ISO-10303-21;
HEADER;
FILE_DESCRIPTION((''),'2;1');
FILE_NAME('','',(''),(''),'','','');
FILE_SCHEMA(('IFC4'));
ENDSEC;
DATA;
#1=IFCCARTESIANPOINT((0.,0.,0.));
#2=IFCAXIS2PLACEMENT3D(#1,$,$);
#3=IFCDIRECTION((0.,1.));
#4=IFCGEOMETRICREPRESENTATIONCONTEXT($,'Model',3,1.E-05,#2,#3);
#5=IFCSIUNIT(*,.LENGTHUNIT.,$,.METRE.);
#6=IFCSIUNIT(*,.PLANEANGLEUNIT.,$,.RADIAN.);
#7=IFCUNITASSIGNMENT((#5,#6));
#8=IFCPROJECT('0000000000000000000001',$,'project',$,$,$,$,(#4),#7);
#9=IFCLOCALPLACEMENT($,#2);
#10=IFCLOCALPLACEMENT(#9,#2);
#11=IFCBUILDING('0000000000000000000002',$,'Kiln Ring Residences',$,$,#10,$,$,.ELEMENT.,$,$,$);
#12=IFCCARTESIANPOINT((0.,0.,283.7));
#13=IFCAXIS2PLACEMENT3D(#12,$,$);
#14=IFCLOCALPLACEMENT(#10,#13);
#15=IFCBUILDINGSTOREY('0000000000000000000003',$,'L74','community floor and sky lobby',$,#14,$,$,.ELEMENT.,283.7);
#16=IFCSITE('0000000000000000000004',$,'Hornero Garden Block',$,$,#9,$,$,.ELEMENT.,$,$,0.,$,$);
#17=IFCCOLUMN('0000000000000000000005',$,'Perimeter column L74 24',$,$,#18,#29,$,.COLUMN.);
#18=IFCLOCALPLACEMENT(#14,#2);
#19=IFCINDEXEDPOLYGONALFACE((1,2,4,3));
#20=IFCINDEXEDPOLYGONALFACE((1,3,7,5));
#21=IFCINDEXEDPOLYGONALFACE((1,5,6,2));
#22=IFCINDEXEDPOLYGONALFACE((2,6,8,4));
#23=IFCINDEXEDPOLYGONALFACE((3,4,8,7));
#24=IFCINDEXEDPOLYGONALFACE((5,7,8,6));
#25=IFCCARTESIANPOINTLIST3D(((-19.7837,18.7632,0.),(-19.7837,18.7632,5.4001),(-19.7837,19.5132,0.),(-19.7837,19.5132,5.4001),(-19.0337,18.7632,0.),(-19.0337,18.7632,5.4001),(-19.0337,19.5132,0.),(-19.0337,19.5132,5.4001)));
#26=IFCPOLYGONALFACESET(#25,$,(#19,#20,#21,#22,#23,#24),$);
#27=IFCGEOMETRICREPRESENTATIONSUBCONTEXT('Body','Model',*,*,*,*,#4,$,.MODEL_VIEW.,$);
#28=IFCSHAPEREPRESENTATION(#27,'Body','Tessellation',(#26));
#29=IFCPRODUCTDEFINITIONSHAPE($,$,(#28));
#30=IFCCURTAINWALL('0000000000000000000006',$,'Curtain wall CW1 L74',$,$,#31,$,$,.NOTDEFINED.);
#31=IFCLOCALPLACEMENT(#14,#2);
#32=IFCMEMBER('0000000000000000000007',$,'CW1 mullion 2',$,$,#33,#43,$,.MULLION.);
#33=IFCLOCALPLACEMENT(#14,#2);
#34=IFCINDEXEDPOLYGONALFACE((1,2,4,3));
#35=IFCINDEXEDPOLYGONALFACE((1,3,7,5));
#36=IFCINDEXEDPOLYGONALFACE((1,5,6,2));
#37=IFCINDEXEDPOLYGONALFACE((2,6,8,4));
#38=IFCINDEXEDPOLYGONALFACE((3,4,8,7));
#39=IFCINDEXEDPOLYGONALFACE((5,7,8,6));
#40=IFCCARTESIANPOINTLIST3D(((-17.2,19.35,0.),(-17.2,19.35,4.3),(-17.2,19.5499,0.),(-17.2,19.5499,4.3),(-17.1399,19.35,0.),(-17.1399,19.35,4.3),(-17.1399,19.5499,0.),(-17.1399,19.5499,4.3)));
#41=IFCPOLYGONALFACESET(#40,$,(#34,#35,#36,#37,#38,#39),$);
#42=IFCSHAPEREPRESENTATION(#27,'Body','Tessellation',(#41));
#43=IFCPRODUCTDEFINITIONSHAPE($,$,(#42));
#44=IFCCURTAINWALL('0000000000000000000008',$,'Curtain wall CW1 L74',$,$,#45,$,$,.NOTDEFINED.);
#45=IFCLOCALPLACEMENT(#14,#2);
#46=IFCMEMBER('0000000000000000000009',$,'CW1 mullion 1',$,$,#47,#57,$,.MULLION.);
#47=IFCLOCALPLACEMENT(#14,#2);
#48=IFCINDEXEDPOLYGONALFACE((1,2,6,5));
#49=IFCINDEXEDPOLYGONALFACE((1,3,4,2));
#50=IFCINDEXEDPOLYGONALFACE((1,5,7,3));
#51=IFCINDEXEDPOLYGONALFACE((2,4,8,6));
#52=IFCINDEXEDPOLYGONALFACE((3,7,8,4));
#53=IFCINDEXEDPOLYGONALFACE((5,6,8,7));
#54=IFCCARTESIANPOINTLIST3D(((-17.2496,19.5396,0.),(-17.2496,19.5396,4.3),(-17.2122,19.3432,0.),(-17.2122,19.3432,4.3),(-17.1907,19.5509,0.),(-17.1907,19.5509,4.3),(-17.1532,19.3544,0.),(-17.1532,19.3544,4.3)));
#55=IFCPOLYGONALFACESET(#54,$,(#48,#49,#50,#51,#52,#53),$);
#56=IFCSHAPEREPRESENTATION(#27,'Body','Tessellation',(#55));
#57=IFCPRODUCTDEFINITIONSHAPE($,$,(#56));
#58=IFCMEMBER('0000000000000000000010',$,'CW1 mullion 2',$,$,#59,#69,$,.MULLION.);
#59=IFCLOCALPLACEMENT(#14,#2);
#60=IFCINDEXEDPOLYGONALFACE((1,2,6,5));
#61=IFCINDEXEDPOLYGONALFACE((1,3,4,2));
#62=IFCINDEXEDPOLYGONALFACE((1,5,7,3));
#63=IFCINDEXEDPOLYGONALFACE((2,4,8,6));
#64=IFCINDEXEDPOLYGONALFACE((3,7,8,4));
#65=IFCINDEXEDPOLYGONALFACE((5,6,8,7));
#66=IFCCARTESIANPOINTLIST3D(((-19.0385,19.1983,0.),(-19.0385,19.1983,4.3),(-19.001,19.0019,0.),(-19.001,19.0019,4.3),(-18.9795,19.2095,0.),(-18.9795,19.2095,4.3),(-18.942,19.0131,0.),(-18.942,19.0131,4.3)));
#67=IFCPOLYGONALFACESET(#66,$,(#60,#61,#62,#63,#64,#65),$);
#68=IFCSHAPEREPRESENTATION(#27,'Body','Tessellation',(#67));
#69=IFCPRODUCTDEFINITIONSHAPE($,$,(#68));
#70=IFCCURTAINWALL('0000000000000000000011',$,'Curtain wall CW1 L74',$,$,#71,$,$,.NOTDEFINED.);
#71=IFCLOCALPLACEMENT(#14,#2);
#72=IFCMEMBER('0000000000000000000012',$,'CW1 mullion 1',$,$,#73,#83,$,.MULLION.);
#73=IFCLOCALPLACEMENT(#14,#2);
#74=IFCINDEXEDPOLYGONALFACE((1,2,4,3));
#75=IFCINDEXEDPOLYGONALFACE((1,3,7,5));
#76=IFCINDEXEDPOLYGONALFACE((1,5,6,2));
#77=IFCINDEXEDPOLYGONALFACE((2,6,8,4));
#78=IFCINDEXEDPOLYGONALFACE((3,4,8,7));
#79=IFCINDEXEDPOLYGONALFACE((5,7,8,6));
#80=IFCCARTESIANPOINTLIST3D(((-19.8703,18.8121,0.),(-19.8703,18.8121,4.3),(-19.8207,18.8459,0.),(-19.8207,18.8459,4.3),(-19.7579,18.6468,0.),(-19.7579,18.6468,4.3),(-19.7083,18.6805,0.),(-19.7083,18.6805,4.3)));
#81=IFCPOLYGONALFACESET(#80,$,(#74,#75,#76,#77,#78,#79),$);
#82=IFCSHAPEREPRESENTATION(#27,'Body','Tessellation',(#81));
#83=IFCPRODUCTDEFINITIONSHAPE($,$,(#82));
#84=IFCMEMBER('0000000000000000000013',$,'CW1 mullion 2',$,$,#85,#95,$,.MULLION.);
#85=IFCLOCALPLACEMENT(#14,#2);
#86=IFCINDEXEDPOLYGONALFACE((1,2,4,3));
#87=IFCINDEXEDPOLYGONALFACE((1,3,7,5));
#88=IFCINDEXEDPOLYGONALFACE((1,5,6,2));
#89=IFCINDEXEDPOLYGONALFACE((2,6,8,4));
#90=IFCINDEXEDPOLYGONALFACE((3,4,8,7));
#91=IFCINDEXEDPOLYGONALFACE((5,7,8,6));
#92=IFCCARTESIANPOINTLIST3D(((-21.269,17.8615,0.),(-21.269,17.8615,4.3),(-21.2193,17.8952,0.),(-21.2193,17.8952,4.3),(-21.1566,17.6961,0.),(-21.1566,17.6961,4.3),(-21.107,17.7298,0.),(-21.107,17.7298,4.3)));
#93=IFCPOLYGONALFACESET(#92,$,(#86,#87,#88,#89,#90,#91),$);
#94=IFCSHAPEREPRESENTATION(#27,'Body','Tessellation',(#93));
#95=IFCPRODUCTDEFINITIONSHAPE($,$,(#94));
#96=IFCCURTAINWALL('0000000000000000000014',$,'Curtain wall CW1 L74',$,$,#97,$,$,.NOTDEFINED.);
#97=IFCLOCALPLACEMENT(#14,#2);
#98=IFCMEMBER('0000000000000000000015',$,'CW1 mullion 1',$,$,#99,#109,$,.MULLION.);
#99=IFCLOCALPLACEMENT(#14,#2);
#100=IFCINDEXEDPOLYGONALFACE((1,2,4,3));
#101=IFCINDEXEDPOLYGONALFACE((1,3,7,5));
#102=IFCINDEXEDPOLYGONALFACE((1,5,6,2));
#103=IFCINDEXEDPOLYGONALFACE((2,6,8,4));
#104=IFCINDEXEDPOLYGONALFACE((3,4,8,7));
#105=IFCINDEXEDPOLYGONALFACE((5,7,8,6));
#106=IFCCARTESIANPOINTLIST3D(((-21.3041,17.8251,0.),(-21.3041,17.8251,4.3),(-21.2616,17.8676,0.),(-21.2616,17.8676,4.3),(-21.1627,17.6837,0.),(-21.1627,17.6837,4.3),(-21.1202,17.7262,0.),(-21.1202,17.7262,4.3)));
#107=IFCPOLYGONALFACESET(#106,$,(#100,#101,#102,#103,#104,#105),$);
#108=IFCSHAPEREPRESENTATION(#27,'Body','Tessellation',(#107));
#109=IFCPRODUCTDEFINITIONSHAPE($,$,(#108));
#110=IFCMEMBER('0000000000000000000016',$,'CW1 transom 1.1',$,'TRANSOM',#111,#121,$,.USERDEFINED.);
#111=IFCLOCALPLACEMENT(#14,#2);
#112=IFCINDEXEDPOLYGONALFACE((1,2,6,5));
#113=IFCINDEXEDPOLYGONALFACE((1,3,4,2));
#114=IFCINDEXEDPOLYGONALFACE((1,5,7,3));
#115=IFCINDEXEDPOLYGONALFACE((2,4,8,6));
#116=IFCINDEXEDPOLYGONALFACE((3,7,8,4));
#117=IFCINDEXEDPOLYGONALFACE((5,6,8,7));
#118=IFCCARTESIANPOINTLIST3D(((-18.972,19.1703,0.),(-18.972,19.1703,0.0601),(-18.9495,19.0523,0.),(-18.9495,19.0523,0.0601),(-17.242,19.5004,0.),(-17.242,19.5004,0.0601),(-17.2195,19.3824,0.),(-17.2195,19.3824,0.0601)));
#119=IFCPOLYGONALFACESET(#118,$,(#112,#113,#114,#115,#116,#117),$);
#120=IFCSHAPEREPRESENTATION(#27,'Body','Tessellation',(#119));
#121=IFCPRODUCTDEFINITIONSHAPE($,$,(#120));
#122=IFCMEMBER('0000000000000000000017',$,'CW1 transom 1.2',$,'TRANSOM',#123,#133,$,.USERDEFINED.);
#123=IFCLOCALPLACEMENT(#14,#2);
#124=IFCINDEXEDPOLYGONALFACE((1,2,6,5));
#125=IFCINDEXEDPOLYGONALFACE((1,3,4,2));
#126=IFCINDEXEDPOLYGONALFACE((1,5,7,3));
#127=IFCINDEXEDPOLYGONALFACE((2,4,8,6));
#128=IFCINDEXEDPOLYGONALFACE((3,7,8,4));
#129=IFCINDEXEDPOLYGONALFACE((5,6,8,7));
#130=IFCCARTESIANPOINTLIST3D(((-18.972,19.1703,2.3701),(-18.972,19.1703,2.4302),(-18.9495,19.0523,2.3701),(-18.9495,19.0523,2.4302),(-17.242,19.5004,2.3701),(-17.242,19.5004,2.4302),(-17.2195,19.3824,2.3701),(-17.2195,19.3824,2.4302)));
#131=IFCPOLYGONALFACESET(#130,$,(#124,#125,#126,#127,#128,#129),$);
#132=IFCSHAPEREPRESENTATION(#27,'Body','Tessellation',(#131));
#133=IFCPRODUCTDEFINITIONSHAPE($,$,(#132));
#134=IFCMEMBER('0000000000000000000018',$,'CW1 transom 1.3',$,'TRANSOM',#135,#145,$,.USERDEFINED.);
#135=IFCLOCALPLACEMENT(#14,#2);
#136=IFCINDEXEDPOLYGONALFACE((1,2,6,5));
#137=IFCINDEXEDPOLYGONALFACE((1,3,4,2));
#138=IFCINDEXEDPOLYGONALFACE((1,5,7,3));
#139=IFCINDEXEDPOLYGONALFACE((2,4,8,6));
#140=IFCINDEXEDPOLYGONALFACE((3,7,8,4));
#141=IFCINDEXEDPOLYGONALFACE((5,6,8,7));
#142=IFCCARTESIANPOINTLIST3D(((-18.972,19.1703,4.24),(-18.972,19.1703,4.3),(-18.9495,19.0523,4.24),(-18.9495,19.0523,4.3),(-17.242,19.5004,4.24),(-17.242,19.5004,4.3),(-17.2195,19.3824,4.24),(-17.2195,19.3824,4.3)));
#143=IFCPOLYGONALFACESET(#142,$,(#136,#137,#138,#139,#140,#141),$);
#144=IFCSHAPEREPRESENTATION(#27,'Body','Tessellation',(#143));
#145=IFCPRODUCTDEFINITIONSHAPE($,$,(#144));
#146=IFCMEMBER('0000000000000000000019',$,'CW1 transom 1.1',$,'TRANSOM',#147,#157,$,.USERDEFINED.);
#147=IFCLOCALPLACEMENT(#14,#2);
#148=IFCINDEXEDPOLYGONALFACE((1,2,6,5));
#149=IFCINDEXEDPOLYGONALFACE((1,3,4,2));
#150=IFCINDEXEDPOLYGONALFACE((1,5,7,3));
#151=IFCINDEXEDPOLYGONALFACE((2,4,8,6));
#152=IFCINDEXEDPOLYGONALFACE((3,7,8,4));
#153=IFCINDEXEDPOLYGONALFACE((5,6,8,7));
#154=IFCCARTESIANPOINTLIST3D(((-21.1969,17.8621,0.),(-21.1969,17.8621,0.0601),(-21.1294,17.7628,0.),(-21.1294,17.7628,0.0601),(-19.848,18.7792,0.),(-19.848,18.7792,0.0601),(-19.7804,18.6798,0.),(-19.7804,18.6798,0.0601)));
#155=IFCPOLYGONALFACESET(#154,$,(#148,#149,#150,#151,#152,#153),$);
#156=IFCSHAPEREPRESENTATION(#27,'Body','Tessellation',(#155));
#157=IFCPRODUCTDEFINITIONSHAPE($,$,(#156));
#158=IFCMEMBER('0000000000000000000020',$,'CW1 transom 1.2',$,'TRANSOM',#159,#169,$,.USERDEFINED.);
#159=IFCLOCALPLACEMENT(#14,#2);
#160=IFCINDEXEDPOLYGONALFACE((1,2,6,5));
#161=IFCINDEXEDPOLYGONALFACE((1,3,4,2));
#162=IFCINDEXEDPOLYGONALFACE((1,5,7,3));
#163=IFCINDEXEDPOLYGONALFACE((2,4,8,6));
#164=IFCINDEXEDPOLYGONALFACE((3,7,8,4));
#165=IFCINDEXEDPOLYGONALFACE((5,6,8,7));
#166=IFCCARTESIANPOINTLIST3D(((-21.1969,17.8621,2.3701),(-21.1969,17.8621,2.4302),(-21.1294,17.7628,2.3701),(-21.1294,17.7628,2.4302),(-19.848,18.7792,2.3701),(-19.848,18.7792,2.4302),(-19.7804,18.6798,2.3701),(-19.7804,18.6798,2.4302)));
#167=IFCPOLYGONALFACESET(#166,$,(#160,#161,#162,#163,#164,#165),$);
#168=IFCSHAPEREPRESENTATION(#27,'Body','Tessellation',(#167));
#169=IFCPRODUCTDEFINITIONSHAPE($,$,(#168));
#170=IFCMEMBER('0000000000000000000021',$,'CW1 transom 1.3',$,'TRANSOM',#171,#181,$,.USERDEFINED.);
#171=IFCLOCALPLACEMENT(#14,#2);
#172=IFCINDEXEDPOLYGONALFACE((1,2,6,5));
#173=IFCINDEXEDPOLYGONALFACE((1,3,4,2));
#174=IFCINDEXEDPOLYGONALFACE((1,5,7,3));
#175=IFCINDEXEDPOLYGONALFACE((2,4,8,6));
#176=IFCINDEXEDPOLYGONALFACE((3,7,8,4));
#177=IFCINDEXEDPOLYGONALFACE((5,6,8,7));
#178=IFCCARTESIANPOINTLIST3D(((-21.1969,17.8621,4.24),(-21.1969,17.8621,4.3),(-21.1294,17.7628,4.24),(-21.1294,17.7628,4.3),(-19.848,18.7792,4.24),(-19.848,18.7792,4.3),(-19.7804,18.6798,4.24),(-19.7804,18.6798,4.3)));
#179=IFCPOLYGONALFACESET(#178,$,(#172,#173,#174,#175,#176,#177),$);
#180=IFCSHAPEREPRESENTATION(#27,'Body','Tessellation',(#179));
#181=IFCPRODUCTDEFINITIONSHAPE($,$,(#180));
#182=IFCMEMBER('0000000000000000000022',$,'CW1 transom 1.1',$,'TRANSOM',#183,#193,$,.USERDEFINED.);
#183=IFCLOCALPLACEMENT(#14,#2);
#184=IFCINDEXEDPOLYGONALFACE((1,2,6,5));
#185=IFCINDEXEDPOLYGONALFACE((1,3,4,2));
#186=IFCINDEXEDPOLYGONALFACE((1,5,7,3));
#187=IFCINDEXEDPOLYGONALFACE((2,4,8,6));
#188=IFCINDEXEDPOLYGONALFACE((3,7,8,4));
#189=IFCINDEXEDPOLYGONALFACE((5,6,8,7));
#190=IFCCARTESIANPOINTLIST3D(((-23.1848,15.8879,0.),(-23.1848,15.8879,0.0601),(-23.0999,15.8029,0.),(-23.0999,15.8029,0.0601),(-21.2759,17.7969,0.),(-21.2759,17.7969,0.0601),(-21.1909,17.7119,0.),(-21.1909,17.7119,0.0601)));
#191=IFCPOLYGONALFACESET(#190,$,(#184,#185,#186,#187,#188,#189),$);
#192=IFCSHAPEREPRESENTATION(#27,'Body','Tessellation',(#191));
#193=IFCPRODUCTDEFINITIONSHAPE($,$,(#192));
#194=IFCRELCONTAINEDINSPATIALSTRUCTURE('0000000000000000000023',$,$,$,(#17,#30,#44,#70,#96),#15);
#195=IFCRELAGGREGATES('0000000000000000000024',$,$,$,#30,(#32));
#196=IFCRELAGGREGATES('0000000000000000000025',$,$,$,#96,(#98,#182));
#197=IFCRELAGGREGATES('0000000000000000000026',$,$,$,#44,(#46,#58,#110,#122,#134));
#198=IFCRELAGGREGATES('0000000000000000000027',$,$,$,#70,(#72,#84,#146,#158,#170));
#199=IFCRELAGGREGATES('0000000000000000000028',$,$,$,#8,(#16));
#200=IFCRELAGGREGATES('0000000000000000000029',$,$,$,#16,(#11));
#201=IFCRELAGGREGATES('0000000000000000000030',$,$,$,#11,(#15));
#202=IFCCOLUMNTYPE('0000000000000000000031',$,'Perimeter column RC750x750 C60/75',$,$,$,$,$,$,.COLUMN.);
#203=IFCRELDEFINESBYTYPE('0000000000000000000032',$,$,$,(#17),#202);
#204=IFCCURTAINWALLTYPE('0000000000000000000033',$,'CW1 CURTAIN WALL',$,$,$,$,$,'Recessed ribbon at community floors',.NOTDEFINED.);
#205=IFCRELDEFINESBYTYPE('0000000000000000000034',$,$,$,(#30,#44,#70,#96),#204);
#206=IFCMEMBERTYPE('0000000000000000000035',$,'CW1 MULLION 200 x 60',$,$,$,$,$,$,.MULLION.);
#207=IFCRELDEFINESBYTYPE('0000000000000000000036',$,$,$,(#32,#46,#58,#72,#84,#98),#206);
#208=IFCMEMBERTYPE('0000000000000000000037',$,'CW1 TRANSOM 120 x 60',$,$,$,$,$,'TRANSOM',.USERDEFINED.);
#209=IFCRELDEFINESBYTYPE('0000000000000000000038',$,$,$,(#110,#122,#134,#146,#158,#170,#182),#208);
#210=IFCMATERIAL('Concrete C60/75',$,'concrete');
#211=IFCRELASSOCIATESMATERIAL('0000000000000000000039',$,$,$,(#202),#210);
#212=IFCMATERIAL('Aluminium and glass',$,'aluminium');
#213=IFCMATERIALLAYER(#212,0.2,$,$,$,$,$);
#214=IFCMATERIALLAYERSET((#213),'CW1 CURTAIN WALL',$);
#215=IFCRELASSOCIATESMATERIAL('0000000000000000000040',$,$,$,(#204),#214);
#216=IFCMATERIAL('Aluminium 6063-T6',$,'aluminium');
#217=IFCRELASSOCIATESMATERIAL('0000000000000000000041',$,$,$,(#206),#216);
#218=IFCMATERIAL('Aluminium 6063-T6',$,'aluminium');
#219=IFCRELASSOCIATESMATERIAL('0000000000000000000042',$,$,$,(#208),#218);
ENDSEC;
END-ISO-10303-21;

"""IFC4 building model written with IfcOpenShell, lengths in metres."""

from ifc_helpers import new_model, si_unit, direction, frame, origin, origin_2d, place, context, subcontext, project, spatial, rectangle, extrude, material, layer, layer_set, material_profile, profile_set, type_object, element, aggregate, save


model = new_model("IFC4")

# Units and contexts
model_context = context("Model", 3, precision=1e-05, world=origin(), true_north=direction((0.0, 1.0)))
body_context = subcontext(model_context, "Body", "Model", "MODEL_VIEW")
ifc_project = project(units=[si_unit("LENGTHUNIT", "METRE"), si_unit("PLANEANGLEUNIT", "RADIAN")], contexts=[model_context])

# Site, building, storey
site_placement = place(None, origin())
site = spatial("IfcSite", under=ifc_project, at=site_placement, Name="Hornero Garden Block", CompositionType="ELEMENT", RefElevation=0.0)
building_placement = place(site_placement, origin())
building = spatial("IfcBuilding", under=site, at=building_placement, Name="Kiln Ring Residences", CompositionType="ELEMENT")
storey_placement = place(building_placement, frame((0.0, 0.0, 283.7)))
storey = spatial("IfcBuildingStorey", under=building, at=storey_placement, Name="L74", Description="community floor and sky lobby", CompositionType="ELEMENT", Elevation=283.7)

# Column
ifc_material_1 = material(Name="Concrete C60/75", Category="concrete")
ifc_material_profile_1 = material_profile(ifc_material_1, rectangle(XDim=0.75, YDim=0.75, at=origin_2d()), Name="RC750x750")
ifc_profile_set_1 = profile_set([ifc_material_profile_1], Name="Concrete C60/75")
column_type = type_object("IfcColumnType", Name="Perimeter column RC750x750 C60/75", PredefinedType="COLUMN", material=ifc_profile_set_1)
column_placement = place(storey_placement, frame((-19.4087, 19.1382, 0.0), z_axis=(0.0, 0.0, 1.0), x_axis=(1.0, 0.0, 0.0)))
element("IfcColumn", 1, at=column_placement, inside=storey, type_object=column_type, Name="Perimeter column L74 24", PredefinedType="COLUMN", context=body_context, shape_type="SweptSolid", body=[
    extrude(rectangle(XDim=0.75, YDim=0.75, at=origin_2d()), origin(), (0.0, 0.0, 1.0), 5.4001),
])

# Curtain wall, member
ifc_material_2 = material(Name="Aluminium and glass", Category="aluminium")
ifc_layer_1 = layer(ifc_material_2, 0.2)
ifc_layer_set_1 = layer_set([ifc_layer_1], Name="CW1 CURTAIN WALL")
curtain_wall_type = type_object("IfcCurtainWallType", Name="CW1 CURTAIN WALL", ElementType="Recessed ribbon at community floors", PredefinedType="NOTDEFINED", material=ifc_layer_set_1)
placement = place(storey_placement, origin())
curtain_wall_1 = element("IfcCurtainWall", 2, at=placement, inside=storey, type_object=curtain_wall_type, Name="Curtain wall CW1 L74", PredefinedType="NOTDEFINED")
ifc_material_3 = material(Name="Aluminium 6063-T6", Category="aluminium")
ifc_material_profile_2 = material_profile(ifc_material_3, rectangle(XDim=0.2, YDim=0.0601, at=origin_2d()), Name="AL 200x60")
ifc_profile_set_2 = profile_set([ifc_material_profile_2], Name="Aluminium 6063-T6")
member_type_1 = type_object("IfcMemberType", Name="CW1 MULLION 200 x 60", PredefinedType="MULLION", material=ifc_profile_set_2)
member_1_placement = place(storey_placement, frame((-17.1699, 19.45, 0.0), z_axis=(0.0, 0.0, 1.0), x_axis=(0.0, -1.0, 0.0)))
member_1 = element("IfcMember", 3, at=member_1_placement, type_object=member_type_1, Name="CW1 mullion 2", PredefinedType="MULLION", context=body_context, shape_type="SweptSolid", body=[
    extrude(rectangle(XDim=0.2, YDim=0.0601, at=origin_2d()), origin(), (0.0, 0.0, 1.0), 4.3),
])
aggregate(curtain_wall_1, [member_1])

# Curtain walls, members
curtain_wall_2 = element("IfcCurtainWall", 4, at=placement, inside=storey, type_object=curtain_wall_type, Name="Curtain wall CW1 L74", PredefinedType="NOTDEFINED")
member_2_placement = place(storey_placement, frame((-17.2014, 19.447, 0.0), z_axis=(0.0, 0.0, 1.0), x_axis=(0.187366, -0.98229, 0.0)))
member_2 = element("IfcMember", 5, at=member_2_placement, type_object=member_type_1, Name="CW1 mullion 1", PredefinedType="MULLION", context=body_context, shape_type="SweptSolid", body=[
    extrude(rectangle(XDim=0.2, YDim=0.0601, at=origin_2d()), origin(), (0.0, 0.0, 1.0), 4.3),
])
member_3_placement = place(storey_placement, frame((-18.9902, 19.1057, 0.0), z_axis=(0.0, 0.0, 1.0), x_axis=(0.187366, -0.98229, 0.0)))
member_3 = element("IfcMember", 6, at=member_3_placement, type_object=member_type_1, Name="CW1 mullion 2", PredefinedType="MULLION", context=body_context, shape_type="SweptSolid", body=[
    extrude(rectangle(XDim=0.2, YDim=0.0601, at=origin_2d()), origin(), (0.0, 0.0, 1.0), 4.3),
])
curtain_wall_3 = element("IfcCurtainWall", 7, at=placement, inside=storey, type_object=curtain_wall_type, Name="Curtain wall CW1 L74", PredefinedType="NOTDEFINED")
member_4_placement = place(storey_placement, frame((-19.7893, 18.7463, 0.0), z_axis=(0.0, 0.0, 1.0), x_axis=(0.562097, -0.827072, 0.0)))
member_4 = element("IfcMember", 8, at=member_4_placement, type_object=member_type_1, Name="CW1 mullion 1", PredefinedType="MULLION", context=body_context, shape_type="SweptSolid", body=[
    extrude(rectangle(XDim=0.2, YDim=0.0601, at=origin_2d()), origin(), (0.0, 0.0, 1.0), 4.3),
])
member_5_placement = place(storey_placement, frame((-21.188, 17.7957, 0.0), z_axis=(0.0, 0.0, 1.0), x_axis=(0.562097, -0.827072, 0.0)))
member_5 = element("IfcMember", 9, at=member_5_placement, type_object=member_type_1, Name="CW1 mullion 2", PredefinedType="MULLION", context=body_context, shape_type="SweptSolid", body=[
    extrude(rectangle(XDim=0.2, YDim=0.0601, at=origin_2d()), origin(), (0.0, 0.0, 1.0), 4.3),
])

# Curtain wall, member
curtain_wall_4 = element("IfcCurtainWall", 10, at=placement, inside=storey, type_object=curtain_wall_type, Name="Curtain wall CW1 L74", PredefinedType="NOTDEFINED")
member_6_placement = place(storey_placement, frame((-21.2122, 17.7756, 0.0), z_axis=(0.0, 0.0, 1.0), x_axis=(0.707107, -0.707107, 0.0)))
member_6 = element("IfcMember", 11, at=member_6_placement, type_object=member_type_1, Name="CW1 mullion 1", PredefinedType="MULLION", context=body_context, shape_type="SweptSolid", body=[
    extrude(rectangle(XDim=0.2, YDim=0.0601, at=origin_2d()), origin(), (0.0, 0.0, 1.0), 4.3),
])

# Members
ifc_material_4 = material(Name="Aluminium 6063-T6", Category="aluminium")
ifc_material_profile_3 = material_profile(ifc_material_4, rectangle(XDim=0.1201, YDim=0.0601, at=origin_2d()), Name="AL 120x60")
ifc_profile_set_3 = profile_set([ifc_material_profile_3], Name="Aluminium 6063-T6")
member_type_2 = type_object("IfcMemberType", Name="CW1 TRANSOM 120 x 60", ElementType="TRANSOM", PredefinedType="USERDEFINED", material=ifc_profile_set_3)
member_7_placement = place(storey_placement, frame((-17.2307, 19.4414, 0.03), z_axis=(-0.98228, -0.187418, 0.0), x_axis=(0.187418, -0.98228, 0.0)))
member_7 = element("IfcMember", 12, at=member_7_placement, type_object=member_type_2, Name="CW1 transom 1.1", ObjectType="TRANSOM", PredefinedType="USERDEFINED", context=body_context, shape_type="SweptSolid", body=[
    extrude(rectangle(XDim=0.1201, YDim=0.0601, at=origin_2d()), origin(), (0.0, 0.0, 1.0), 1.7612),
])
member_8_placement = place(storey_placement, frame((-17.2307, 19.4414, 2.4001), z_axis=(-0.98228, -0.187418, 0.0), x_axis=(0.187418, -0.98228, 0.0)))
member_8 = element("IfcMember", 13, at=member_8_placement, type_object=member_type_2, Name="CW1 transom 1.2", ObjectType="TRANSOM", PredefinedType="USERDEFINED", context=body_context, shape_type="SweptSolid", body=[
    extrude(rectangle(XDim=0.1201, YDim=0.0601, at=origin_2d()), origin(), (0.0, 0.0, 1.0), 1.7612),
])
member_9_placement = place(storey_placement, frame((-17.2307, 19.4414, 4.27), z_axis=(-0.98228, -0.187418, 0.0), x_axis=(0.187418, -0.98228, 0.0)))
member_9 = element("IfcMember", 14, at=member_9_placement, type_object=member_type_2, Name="CW1 transom 1.3", ObjectType="TRANSOM", PredefinedType="USERDEFINED", context=body_context, shape_type="SweptSolid", body=[
    extrude(rectangle(XDim=0.1201, YDim=0.0601, at=origin_2d()), origin(), (0.0, 0.0, 1.0), 1.7612),
])
member_10_placement = place(storey_placement, frame((-19.8142, 18.7295, 0.03), z_axis=(-0.826996, -0.562208, 0.0), x_axis=(0.562208, -0.826996, 0.0)))
member_10 = element("IfcMember", 15, at=member_10_placement, type_object=member_type_2, Name="CW1 transom 1.1", ObjectType="TRANSOM", PredefinedType="USERDEFINED", context=body_context, shape_type="SweptSolid", body=[
    extrude(rectangle(XDim=0.1201, YDim=0.0601, at=origin_2d()), origin(), (0.0, 0.0, 1.0), 1.6311),
])
member_11_placement = place(storey_placement, frame((-19.8142, 18.7295, 2.4001), z_axis=(-0.826996, -0.562208, 0.0), x_axis=(0.562208, -0.826996, 0.0)))
member_11 = element("IfcMember", 16, at=member_11_placement, type_object=member_type_2, Name="CW1 transom 1.2", ObjectType="TRANSOM", PredefinedType="USERDEFINED", context=body_context, shape_type="SweptSolid", body=[
    extrude(rectangle(XDim=0.1201, YDim=0.0601, at=origin_2d()), origin(), (0.0, 0.0, 1.0), 1.6311),
])
member_12_placement = place(storey_placement, frame((-19.8142, 18.7295, 4.27), z_axis=(-0.826996, -0.562208, 0.0), x_axis=(0.562208, -0.826996, 0.0)))
member_12 = element("IfcMember", 17, at=member_12_placement, type_object=member_type_2, Name="CW1 transom 1.3", ObjectType="TRANSOM", PredefinedType="USERDEFINED", context=body_context, shape_type="SweptSolid", body=[
    extrude(rectangle(XDim=0.1201, YDim=0.0601, at=origin_2d()), origin(), (0.0, 0.0, 1.0), 1.6311),
])
member_13_placement = place(storey_placement, frame((-21.2334, 17.7544, 0.03), z_axis=(-0.707107, -0.707107, 0.0), x_axis=(0.707107, -0.707107, 0.0)))
member_13 = element("IfcMember", 18, at=member_13_placement, type_object=member_type_2, Name="CW1 transom 1.1", ObjectType="TRANSOM", PredefinedType="USERDEFINED", context=body_context, shape_type="SweptSolid", body=[
    extrude(rectangle(XDim=0.1201, YDim=0.0601, at=origin_2d()), origin(), (0.0, 0.0, 1.0), 2.6997),
])
aggregate(curtain_wall_4, [member_6, member_13])

aggregate(curtain_wall_2, [member_2, member_3, member_7, member_8, member_9])
aggregate(curtain_wall_3, [member_4, member_5, member_10, member_11, member_12])

save(model, "model.ifc")
